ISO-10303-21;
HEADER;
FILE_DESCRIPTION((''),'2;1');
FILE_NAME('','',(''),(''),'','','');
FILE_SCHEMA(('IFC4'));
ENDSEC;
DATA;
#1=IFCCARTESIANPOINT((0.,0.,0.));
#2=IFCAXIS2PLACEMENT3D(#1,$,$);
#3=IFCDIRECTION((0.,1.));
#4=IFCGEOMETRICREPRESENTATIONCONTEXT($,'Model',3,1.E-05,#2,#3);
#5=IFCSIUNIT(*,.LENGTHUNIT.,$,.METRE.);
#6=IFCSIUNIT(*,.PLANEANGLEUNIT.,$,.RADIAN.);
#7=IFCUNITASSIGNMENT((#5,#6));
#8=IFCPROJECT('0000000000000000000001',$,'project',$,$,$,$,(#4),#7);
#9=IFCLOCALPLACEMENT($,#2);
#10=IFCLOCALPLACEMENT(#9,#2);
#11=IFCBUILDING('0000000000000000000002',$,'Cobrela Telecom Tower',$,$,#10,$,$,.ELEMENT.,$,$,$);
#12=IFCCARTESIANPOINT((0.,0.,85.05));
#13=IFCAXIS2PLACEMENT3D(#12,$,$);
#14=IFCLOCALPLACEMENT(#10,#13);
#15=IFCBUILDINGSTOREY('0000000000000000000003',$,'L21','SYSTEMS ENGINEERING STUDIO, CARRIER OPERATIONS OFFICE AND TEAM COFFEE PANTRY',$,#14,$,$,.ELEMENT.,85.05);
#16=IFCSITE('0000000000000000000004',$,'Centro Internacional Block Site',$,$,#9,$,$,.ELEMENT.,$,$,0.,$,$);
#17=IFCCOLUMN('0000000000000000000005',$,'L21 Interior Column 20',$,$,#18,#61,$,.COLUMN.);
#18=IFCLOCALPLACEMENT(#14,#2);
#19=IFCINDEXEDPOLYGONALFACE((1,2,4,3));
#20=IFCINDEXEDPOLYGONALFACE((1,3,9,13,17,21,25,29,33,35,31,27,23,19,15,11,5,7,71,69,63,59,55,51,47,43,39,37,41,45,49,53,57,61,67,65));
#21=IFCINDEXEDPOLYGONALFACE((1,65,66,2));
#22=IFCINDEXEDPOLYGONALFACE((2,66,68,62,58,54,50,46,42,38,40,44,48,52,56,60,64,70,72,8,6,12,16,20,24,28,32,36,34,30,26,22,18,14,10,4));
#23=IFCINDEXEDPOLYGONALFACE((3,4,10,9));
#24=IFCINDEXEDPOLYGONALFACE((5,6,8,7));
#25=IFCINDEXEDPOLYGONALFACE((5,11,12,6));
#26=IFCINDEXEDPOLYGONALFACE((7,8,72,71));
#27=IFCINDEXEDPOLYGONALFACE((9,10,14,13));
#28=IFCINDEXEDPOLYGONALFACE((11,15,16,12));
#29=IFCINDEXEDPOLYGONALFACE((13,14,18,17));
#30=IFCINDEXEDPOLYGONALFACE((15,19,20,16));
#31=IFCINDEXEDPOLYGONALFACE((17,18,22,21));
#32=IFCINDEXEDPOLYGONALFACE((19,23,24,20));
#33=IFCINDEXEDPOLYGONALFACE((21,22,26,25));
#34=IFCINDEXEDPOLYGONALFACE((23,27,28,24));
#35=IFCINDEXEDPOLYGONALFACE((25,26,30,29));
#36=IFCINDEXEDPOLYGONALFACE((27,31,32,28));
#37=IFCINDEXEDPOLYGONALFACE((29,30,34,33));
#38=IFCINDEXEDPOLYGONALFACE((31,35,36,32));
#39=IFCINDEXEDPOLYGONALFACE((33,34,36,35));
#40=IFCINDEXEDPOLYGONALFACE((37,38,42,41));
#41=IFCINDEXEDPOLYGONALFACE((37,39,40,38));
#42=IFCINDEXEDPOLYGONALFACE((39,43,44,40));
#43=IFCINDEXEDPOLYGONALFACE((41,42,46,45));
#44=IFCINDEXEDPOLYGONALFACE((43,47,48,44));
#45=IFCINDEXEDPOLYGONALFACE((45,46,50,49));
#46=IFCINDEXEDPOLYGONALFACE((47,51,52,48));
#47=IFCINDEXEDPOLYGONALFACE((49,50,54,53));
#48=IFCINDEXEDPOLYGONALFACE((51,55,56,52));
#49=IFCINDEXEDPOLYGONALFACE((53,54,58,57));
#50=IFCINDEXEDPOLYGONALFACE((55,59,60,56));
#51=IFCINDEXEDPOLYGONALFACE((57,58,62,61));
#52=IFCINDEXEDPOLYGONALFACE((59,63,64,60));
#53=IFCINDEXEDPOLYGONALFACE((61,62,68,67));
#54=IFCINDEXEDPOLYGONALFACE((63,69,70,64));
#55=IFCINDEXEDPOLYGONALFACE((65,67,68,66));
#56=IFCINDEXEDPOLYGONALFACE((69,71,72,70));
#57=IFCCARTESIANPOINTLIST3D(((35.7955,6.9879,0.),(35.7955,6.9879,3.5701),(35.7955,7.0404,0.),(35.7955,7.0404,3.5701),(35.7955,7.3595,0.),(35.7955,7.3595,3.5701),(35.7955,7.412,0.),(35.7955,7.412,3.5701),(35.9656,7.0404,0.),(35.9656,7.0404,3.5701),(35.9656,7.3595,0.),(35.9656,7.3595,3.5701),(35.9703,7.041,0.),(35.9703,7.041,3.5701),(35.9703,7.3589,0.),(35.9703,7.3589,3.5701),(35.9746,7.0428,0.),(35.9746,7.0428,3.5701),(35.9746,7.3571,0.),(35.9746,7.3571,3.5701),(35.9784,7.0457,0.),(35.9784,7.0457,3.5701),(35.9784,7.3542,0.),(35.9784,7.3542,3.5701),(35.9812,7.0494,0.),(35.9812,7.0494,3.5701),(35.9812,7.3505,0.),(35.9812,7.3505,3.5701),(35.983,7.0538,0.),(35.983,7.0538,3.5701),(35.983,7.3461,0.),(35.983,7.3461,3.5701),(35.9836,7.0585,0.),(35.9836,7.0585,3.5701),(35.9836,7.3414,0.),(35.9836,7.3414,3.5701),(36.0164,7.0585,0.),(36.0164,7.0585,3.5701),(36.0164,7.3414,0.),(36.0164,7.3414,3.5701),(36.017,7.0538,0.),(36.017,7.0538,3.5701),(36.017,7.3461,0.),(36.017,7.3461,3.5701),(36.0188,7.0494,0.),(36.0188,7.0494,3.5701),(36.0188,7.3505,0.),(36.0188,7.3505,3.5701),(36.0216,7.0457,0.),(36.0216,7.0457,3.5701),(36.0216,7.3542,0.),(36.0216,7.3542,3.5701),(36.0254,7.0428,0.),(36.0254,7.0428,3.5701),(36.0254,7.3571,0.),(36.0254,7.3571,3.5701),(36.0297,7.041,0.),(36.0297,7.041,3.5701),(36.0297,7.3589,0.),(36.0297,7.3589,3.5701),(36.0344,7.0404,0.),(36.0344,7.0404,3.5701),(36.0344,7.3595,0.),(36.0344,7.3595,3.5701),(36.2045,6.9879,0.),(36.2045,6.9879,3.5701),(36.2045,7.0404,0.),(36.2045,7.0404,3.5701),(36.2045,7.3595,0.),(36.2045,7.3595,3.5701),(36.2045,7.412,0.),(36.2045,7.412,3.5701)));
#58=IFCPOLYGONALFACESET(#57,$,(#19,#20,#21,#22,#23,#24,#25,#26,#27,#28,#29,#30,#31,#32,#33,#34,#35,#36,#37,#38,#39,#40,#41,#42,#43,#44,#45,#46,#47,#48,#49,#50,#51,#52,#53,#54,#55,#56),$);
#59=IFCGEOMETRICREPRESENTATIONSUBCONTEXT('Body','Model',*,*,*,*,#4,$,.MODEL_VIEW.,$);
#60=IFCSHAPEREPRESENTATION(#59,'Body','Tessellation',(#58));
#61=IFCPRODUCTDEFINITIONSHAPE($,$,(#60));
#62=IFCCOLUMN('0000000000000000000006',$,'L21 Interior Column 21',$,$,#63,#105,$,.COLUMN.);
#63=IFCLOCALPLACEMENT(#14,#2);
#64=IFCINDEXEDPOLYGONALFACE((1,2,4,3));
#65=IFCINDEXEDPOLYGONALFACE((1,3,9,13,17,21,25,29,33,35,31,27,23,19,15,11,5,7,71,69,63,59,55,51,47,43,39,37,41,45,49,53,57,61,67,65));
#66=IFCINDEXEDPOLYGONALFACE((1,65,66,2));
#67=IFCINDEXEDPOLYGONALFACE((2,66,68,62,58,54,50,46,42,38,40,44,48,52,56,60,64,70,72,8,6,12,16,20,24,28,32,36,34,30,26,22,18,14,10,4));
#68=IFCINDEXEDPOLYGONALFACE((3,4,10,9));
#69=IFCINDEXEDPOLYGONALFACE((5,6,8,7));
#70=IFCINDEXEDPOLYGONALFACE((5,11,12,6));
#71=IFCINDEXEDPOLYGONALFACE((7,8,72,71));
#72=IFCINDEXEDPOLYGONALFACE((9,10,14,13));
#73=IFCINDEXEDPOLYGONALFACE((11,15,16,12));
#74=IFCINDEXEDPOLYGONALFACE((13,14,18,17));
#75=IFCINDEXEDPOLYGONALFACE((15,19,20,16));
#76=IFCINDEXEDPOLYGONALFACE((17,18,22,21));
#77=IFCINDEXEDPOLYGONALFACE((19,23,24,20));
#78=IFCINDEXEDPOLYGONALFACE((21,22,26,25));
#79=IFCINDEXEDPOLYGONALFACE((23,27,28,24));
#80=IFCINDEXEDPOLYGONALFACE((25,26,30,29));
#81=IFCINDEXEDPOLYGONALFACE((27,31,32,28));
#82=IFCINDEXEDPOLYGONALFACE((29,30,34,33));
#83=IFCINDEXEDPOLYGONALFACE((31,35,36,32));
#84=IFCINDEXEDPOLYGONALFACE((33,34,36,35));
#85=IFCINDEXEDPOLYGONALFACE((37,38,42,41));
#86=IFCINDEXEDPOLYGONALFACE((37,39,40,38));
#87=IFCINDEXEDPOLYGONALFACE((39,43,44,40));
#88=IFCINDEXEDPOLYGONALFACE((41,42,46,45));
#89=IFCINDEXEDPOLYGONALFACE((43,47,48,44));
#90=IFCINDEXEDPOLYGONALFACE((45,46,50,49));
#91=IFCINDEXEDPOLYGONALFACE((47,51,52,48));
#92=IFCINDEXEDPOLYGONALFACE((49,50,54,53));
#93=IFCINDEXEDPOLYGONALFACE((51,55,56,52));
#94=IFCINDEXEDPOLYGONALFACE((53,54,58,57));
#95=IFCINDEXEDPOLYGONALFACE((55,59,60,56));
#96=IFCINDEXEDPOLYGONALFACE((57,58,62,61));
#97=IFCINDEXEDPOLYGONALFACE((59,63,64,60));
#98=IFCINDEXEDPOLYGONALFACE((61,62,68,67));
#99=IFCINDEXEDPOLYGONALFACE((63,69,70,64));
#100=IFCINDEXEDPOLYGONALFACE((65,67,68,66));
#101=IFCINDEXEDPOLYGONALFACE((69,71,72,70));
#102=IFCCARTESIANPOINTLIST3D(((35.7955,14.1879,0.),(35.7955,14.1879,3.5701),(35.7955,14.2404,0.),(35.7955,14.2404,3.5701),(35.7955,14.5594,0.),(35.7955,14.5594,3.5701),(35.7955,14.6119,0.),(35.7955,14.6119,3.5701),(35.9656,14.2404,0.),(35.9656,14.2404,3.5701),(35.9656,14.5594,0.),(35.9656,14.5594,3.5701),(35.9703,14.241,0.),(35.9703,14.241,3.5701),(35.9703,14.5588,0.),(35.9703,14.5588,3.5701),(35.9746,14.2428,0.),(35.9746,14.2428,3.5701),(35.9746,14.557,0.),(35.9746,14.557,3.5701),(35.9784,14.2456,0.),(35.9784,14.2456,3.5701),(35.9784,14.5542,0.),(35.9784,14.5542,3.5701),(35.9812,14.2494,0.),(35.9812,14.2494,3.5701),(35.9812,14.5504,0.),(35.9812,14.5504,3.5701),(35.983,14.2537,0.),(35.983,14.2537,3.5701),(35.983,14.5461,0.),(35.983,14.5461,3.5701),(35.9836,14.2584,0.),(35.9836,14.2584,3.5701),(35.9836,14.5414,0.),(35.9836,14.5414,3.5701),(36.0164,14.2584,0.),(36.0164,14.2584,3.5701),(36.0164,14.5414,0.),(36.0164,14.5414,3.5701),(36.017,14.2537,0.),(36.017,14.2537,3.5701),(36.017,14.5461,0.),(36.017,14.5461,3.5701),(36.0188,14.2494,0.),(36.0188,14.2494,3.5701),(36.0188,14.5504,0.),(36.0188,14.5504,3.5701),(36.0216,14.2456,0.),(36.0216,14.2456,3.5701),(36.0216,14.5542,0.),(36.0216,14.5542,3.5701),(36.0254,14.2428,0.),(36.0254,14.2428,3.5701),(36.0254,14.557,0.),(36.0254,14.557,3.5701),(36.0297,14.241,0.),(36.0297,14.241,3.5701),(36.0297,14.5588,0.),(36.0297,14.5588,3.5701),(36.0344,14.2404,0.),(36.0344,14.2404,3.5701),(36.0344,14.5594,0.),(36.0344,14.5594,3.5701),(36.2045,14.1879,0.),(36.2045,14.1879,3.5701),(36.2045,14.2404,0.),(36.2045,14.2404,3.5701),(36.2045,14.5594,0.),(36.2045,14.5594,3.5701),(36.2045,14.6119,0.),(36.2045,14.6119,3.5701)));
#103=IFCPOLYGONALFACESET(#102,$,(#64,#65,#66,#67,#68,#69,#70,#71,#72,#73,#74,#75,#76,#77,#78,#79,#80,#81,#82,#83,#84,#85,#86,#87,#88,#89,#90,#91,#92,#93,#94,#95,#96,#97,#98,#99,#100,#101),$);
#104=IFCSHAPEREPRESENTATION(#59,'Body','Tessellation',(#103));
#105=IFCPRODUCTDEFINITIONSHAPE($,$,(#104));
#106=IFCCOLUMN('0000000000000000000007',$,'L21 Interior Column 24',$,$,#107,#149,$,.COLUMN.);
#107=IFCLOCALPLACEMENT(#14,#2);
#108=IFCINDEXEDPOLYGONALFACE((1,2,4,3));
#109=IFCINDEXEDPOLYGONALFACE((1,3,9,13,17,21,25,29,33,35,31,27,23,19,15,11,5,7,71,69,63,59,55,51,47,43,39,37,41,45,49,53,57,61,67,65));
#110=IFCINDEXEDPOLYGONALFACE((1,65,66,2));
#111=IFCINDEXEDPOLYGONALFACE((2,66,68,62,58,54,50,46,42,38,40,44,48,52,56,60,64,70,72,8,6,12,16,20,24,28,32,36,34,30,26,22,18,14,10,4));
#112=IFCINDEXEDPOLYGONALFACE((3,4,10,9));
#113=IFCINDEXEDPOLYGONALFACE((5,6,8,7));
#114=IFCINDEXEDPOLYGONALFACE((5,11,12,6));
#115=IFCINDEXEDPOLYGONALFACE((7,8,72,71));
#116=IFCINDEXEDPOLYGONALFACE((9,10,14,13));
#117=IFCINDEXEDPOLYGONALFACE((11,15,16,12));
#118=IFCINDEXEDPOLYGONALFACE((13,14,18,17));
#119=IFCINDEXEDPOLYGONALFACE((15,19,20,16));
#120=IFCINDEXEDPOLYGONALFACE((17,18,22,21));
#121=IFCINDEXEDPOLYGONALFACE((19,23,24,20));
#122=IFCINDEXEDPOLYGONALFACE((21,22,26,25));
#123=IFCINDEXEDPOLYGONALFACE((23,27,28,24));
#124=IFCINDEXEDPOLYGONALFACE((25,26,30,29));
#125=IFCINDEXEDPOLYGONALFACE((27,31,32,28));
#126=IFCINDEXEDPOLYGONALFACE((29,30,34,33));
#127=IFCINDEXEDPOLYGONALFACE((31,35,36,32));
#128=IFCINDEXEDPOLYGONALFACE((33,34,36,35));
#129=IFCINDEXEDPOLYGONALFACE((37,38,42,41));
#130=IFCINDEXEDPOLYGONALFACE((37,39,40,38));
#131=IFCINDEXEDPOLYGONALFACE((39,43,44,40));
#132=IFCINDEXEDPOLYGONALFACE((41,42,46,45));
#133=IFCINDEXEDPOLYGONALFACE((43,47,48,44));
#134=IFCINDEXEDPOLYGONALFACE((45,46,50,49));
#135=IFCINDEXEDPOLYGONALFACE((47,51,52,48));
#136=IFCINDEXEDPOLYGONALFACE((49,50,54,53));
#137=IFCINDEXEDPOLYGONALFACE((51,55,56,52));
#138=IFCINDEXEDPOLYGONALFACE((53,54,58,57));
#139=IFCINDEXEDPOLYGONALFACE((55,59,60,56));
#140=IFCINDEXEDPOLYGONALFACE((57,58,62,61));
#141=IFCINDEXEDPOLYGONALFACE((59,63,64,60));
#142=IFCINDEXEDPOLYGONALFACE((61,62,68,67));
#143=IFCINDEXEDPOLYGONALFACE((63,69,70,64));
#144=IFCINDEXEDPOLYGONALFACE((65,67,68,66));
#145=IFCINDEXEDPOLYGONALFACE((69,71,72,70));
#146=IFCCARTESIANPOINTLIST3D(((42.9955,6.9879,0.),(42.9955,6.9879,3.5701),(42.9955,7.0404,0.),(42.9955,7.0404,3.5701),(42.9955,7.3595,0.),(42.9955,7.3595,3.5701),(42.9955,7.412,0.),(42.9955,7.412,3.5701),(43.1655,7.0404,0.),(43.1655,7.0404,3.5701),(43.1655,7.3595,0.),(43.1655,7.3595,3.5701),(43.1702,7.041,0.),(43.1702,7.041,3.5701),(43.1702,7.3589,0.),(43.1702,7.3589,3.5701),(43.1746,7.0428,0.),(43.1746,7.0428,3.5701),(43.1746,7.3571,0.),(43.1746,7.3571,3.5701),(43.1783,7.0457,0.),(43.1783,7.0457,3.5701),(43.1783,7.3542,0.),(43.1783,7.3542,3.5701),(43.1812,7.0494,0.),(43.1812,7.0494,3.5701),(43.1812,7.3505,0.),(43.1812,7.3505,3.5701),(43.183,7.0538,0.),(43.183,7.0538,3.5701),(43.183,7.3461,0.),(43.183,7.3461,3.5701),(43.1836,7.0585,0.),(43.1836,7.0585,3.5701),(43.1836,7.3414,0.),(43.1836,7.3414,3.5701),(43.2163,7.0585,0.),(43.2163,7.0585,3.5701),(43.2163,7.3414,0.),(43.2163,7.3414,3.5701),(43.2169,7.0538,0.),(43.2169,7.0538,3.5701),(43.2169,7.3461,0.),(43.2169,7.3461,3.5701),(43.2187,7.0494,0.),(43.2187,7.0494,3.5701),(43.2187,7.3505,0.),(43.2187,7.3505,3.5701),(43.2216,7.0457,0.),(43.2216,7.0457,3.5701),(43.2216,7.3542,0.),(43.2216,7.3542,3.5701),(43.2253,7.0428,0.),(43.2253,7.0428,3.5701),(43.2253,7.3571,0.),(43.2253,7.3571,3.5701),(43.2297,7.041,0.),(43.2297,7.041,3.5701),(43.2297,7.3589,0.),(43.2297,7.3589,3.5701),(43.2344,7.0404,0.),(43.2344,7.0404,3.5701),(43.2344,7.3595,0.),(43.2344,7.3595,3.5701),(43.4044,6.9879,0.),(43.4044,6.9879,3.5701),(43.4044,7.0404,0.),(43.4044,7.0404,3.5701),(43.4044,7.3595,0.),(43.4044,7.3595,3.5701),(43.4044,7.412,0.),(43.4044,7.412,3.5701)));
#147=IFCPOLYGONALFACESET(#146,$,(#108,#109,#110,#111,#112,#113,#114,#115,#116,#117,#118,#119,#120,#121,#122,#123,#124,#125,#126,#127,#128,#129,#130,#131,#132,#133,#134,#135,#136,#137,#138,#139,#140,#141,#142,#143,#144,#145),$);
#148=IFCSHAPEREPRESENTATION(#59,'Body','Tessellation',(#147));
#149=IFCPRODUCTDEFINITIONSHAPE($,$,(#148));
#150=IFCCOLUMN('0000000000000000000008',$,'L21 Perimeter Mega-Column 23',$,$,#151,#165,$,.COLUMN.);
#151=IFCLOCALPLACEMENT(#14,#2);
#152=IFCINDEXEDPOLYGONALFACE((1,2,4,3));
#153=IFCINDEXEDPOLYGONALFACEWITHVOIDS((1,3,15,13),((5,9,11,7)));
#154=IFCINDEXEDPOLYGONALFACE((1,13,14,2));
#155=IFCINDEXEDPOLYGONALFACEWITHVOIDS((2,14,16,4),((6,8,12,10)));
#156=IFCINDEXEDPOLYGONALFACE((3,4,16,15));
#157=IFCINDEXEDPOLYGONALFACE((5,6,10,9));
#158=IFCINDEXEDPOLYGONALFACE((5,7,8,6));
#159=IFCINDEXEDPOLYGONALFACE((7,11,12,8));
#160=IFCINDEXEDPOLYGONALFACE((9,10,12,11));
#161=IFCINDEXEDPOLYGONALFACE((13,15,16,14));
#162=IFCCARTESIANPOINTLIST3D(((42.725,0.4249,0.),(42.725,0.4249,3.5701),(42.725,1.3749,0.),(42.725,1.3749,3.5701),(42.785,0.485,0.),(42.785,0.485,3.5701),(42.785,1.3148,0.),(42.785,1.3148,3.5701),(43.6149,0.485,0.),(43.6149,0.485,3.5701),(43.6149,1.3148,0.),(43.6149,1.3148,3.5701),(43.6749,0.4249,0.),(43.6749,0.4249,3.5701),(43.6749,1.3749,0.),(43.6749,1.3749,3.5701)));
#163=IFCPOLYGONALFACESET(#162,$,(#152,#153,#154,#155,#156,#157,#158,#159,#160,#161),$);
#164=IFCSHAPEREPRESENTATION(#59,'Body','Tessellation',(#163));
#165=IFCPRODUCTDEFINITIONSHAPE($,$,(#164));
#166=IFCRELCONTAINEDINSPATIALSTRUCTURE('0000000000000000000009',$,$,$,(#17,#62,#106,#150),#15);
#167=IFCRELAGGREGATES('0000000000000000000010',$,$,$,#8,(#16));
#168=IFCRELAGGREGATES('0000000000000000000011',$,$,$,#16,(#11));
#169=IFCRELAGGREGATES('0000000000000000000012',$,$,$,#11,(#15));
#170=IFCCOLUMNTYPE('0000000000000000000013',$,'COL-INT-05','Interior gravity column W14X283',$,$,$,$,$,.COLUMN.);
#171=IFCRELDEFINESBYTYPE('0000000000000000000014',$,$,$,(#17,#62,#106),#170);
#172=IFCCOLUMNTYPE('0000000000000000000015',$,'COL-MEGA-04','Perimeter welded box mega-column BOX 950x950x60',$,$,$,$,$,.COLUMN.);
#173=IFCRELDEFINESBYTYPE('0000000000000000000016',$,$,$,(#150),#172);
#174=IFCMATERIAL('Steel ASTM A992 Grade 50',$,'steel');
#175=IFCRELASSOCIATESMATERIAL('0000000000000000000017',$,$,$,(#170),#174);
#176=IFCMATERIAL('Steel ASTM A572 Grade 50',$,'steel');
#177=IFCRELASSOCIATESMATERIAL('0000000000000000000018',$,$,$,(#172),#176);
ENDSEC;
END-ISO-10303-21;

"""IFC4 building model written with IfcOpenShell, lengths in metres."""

from ifc_helpers import new_model, si_unit, direction, frame, origin, origin_2d, place, context, subcontext, project, spatial, hollow_rectangle, i_section, extrude, material, material_profile, profile_set, type_object, element, save


model = new_model("IFC4")

# Units and contexts
model_context = context("Model", 3, precision=1e-05, world=origin(), true_north=direction((0.0, 1.0)))
body_context = subcontext(model_context, "Body", "Model", "MODEL_VIEW")
ifc_project = project(units=[si_unit("LENGTHUNIT", "METRE"), si_unit("PLANEANGLEUNIT", "RADIAN")], contexts=[model_context])

# Site, building, storey
site_placement = place(None, origin())
site = spatial("IfcSite", under=ifc_project, at=site_placement, Name="Centro Internacional Block Site", CompositionType="ELEMENT", RefElevation=0.0)
building_placement = place(site_placement, origin())
building = spatial("IfcBuilding", under=site, at=building_placement, Name="Cobrela Telecom Tower", CompositionType="ELEMENT")
storey_placement = place(building_placement, frame((0.0, 0.0, 85.05)))
storey = spatial("IfcBuildingStorey", under=building, at=storey_placement, Name="L21", Description="SYSTEMS ENGINEERING STUDIO, CARRIER OPERATIONS OFFICE AND TEAM COFFEE PANTRY", CompositionType="ELEMENT", Elevation=85.05)

# Columns
ifc_material_1 = material(Name="Steel ASTM A992 Grade 50", Category="steel")
ifc_material_profile_1 = material_profile(ifc_material_1, i_section(OverallWidth=0.4089, OverallDepth=0.4241, WebThickness=0.0327, FlangeThickness=0.0525, FilletRadius=0.0181, at=origin_2d()), Name="W14X283")
ifc_profile_set_1 = profile_set([ifc_material_profile_1], Name="Steel ASTM A992 Grade 50")
column_type_1 = type_object("IfcColumnType", Name="COL-INT-05", Description="Interior gravity column W14X283", PredefinedType="COLUMN", material=ifc_profile_set_1)
for number, where, z_axis, x_axis, name in (
    (1, (36.0, 7.2, 0.0), (0.0, 0.0, 1.0), (1.0, 0.0, 0.0), "L21 Interior Column 20"),
    (2, (36.0, 14.3999, 0.0), (0.0, 0.0, 1.0), (1.0, 0.0, 0.0), "L21 Interior Column 21"),
    (3, (43.2, 7.2, 0.0), (0.0, 0.0, 1.0), (1.0, 0.0, 0.0), "L21 Interior Column 24"),
):
    element("IfcColumn", number, at=place(storey_placement, frame(where, z_axis=z_axis, x_axis=x_axis)), inside=storey, type_object=column_type_1, Name=name, PredefinedType="COLUMN", context=body_context, shape_type="SweptSolid", body=[
        extrude(i_section(OverallWidth=0.4089, OverallDepth=0.4241, WebThickness=0.0327, FlangeThickness=0.0525, FilletRadius=0.0181, at=origin_2d()), origin(), (0.0, 0.0, 1.0), 3.5701),
    ])
ifc_material_2 = material(Name="Steel ASTM A572 Grade 50", Category="steel")
ifc_material_profile_2 = material_profile(ifc_material_2, hollow_rectangle(XDim=0.95, YDim=0.95, WallThickness=0.0601, at=origin_2d()), Name="BOX 950x950x60")
ifc_profile_set_2 = profile_set([ifc_material_profile_2], Name="Steel ASTM A572 Grade 50")
column_type_2 = type_object("IfcColumnType", Name="COL-MEGA-04", Description="Perimeter welded box mega-column BOX 950x950x60", PredefinedType="COLUMN", material=ifc_profile_set_2)
column_placement = place(storey_placement, frame((43.2, 0.8999, 0.0), z_axis=(0.0, 0.0, 1.0), x_axis=(1.0, 0.0, 0.0)))
element("IfcColumn", 4, at=column_placement, inside=storey, type_object=column_type_2, Name="L21 Perimeter Mega-Column 23", PredefinedType="COLUMN", context=body_context, shape_type="SweptSolid", body=[
    extrude(hollow_rectangle(XDim=0.95, YDim=0.95, WallThickness=0.0601, at=origin_2d()), origin(), (0.0, 0.0, 1.0), 3.5701),
])

save(model, "model.ifc")
